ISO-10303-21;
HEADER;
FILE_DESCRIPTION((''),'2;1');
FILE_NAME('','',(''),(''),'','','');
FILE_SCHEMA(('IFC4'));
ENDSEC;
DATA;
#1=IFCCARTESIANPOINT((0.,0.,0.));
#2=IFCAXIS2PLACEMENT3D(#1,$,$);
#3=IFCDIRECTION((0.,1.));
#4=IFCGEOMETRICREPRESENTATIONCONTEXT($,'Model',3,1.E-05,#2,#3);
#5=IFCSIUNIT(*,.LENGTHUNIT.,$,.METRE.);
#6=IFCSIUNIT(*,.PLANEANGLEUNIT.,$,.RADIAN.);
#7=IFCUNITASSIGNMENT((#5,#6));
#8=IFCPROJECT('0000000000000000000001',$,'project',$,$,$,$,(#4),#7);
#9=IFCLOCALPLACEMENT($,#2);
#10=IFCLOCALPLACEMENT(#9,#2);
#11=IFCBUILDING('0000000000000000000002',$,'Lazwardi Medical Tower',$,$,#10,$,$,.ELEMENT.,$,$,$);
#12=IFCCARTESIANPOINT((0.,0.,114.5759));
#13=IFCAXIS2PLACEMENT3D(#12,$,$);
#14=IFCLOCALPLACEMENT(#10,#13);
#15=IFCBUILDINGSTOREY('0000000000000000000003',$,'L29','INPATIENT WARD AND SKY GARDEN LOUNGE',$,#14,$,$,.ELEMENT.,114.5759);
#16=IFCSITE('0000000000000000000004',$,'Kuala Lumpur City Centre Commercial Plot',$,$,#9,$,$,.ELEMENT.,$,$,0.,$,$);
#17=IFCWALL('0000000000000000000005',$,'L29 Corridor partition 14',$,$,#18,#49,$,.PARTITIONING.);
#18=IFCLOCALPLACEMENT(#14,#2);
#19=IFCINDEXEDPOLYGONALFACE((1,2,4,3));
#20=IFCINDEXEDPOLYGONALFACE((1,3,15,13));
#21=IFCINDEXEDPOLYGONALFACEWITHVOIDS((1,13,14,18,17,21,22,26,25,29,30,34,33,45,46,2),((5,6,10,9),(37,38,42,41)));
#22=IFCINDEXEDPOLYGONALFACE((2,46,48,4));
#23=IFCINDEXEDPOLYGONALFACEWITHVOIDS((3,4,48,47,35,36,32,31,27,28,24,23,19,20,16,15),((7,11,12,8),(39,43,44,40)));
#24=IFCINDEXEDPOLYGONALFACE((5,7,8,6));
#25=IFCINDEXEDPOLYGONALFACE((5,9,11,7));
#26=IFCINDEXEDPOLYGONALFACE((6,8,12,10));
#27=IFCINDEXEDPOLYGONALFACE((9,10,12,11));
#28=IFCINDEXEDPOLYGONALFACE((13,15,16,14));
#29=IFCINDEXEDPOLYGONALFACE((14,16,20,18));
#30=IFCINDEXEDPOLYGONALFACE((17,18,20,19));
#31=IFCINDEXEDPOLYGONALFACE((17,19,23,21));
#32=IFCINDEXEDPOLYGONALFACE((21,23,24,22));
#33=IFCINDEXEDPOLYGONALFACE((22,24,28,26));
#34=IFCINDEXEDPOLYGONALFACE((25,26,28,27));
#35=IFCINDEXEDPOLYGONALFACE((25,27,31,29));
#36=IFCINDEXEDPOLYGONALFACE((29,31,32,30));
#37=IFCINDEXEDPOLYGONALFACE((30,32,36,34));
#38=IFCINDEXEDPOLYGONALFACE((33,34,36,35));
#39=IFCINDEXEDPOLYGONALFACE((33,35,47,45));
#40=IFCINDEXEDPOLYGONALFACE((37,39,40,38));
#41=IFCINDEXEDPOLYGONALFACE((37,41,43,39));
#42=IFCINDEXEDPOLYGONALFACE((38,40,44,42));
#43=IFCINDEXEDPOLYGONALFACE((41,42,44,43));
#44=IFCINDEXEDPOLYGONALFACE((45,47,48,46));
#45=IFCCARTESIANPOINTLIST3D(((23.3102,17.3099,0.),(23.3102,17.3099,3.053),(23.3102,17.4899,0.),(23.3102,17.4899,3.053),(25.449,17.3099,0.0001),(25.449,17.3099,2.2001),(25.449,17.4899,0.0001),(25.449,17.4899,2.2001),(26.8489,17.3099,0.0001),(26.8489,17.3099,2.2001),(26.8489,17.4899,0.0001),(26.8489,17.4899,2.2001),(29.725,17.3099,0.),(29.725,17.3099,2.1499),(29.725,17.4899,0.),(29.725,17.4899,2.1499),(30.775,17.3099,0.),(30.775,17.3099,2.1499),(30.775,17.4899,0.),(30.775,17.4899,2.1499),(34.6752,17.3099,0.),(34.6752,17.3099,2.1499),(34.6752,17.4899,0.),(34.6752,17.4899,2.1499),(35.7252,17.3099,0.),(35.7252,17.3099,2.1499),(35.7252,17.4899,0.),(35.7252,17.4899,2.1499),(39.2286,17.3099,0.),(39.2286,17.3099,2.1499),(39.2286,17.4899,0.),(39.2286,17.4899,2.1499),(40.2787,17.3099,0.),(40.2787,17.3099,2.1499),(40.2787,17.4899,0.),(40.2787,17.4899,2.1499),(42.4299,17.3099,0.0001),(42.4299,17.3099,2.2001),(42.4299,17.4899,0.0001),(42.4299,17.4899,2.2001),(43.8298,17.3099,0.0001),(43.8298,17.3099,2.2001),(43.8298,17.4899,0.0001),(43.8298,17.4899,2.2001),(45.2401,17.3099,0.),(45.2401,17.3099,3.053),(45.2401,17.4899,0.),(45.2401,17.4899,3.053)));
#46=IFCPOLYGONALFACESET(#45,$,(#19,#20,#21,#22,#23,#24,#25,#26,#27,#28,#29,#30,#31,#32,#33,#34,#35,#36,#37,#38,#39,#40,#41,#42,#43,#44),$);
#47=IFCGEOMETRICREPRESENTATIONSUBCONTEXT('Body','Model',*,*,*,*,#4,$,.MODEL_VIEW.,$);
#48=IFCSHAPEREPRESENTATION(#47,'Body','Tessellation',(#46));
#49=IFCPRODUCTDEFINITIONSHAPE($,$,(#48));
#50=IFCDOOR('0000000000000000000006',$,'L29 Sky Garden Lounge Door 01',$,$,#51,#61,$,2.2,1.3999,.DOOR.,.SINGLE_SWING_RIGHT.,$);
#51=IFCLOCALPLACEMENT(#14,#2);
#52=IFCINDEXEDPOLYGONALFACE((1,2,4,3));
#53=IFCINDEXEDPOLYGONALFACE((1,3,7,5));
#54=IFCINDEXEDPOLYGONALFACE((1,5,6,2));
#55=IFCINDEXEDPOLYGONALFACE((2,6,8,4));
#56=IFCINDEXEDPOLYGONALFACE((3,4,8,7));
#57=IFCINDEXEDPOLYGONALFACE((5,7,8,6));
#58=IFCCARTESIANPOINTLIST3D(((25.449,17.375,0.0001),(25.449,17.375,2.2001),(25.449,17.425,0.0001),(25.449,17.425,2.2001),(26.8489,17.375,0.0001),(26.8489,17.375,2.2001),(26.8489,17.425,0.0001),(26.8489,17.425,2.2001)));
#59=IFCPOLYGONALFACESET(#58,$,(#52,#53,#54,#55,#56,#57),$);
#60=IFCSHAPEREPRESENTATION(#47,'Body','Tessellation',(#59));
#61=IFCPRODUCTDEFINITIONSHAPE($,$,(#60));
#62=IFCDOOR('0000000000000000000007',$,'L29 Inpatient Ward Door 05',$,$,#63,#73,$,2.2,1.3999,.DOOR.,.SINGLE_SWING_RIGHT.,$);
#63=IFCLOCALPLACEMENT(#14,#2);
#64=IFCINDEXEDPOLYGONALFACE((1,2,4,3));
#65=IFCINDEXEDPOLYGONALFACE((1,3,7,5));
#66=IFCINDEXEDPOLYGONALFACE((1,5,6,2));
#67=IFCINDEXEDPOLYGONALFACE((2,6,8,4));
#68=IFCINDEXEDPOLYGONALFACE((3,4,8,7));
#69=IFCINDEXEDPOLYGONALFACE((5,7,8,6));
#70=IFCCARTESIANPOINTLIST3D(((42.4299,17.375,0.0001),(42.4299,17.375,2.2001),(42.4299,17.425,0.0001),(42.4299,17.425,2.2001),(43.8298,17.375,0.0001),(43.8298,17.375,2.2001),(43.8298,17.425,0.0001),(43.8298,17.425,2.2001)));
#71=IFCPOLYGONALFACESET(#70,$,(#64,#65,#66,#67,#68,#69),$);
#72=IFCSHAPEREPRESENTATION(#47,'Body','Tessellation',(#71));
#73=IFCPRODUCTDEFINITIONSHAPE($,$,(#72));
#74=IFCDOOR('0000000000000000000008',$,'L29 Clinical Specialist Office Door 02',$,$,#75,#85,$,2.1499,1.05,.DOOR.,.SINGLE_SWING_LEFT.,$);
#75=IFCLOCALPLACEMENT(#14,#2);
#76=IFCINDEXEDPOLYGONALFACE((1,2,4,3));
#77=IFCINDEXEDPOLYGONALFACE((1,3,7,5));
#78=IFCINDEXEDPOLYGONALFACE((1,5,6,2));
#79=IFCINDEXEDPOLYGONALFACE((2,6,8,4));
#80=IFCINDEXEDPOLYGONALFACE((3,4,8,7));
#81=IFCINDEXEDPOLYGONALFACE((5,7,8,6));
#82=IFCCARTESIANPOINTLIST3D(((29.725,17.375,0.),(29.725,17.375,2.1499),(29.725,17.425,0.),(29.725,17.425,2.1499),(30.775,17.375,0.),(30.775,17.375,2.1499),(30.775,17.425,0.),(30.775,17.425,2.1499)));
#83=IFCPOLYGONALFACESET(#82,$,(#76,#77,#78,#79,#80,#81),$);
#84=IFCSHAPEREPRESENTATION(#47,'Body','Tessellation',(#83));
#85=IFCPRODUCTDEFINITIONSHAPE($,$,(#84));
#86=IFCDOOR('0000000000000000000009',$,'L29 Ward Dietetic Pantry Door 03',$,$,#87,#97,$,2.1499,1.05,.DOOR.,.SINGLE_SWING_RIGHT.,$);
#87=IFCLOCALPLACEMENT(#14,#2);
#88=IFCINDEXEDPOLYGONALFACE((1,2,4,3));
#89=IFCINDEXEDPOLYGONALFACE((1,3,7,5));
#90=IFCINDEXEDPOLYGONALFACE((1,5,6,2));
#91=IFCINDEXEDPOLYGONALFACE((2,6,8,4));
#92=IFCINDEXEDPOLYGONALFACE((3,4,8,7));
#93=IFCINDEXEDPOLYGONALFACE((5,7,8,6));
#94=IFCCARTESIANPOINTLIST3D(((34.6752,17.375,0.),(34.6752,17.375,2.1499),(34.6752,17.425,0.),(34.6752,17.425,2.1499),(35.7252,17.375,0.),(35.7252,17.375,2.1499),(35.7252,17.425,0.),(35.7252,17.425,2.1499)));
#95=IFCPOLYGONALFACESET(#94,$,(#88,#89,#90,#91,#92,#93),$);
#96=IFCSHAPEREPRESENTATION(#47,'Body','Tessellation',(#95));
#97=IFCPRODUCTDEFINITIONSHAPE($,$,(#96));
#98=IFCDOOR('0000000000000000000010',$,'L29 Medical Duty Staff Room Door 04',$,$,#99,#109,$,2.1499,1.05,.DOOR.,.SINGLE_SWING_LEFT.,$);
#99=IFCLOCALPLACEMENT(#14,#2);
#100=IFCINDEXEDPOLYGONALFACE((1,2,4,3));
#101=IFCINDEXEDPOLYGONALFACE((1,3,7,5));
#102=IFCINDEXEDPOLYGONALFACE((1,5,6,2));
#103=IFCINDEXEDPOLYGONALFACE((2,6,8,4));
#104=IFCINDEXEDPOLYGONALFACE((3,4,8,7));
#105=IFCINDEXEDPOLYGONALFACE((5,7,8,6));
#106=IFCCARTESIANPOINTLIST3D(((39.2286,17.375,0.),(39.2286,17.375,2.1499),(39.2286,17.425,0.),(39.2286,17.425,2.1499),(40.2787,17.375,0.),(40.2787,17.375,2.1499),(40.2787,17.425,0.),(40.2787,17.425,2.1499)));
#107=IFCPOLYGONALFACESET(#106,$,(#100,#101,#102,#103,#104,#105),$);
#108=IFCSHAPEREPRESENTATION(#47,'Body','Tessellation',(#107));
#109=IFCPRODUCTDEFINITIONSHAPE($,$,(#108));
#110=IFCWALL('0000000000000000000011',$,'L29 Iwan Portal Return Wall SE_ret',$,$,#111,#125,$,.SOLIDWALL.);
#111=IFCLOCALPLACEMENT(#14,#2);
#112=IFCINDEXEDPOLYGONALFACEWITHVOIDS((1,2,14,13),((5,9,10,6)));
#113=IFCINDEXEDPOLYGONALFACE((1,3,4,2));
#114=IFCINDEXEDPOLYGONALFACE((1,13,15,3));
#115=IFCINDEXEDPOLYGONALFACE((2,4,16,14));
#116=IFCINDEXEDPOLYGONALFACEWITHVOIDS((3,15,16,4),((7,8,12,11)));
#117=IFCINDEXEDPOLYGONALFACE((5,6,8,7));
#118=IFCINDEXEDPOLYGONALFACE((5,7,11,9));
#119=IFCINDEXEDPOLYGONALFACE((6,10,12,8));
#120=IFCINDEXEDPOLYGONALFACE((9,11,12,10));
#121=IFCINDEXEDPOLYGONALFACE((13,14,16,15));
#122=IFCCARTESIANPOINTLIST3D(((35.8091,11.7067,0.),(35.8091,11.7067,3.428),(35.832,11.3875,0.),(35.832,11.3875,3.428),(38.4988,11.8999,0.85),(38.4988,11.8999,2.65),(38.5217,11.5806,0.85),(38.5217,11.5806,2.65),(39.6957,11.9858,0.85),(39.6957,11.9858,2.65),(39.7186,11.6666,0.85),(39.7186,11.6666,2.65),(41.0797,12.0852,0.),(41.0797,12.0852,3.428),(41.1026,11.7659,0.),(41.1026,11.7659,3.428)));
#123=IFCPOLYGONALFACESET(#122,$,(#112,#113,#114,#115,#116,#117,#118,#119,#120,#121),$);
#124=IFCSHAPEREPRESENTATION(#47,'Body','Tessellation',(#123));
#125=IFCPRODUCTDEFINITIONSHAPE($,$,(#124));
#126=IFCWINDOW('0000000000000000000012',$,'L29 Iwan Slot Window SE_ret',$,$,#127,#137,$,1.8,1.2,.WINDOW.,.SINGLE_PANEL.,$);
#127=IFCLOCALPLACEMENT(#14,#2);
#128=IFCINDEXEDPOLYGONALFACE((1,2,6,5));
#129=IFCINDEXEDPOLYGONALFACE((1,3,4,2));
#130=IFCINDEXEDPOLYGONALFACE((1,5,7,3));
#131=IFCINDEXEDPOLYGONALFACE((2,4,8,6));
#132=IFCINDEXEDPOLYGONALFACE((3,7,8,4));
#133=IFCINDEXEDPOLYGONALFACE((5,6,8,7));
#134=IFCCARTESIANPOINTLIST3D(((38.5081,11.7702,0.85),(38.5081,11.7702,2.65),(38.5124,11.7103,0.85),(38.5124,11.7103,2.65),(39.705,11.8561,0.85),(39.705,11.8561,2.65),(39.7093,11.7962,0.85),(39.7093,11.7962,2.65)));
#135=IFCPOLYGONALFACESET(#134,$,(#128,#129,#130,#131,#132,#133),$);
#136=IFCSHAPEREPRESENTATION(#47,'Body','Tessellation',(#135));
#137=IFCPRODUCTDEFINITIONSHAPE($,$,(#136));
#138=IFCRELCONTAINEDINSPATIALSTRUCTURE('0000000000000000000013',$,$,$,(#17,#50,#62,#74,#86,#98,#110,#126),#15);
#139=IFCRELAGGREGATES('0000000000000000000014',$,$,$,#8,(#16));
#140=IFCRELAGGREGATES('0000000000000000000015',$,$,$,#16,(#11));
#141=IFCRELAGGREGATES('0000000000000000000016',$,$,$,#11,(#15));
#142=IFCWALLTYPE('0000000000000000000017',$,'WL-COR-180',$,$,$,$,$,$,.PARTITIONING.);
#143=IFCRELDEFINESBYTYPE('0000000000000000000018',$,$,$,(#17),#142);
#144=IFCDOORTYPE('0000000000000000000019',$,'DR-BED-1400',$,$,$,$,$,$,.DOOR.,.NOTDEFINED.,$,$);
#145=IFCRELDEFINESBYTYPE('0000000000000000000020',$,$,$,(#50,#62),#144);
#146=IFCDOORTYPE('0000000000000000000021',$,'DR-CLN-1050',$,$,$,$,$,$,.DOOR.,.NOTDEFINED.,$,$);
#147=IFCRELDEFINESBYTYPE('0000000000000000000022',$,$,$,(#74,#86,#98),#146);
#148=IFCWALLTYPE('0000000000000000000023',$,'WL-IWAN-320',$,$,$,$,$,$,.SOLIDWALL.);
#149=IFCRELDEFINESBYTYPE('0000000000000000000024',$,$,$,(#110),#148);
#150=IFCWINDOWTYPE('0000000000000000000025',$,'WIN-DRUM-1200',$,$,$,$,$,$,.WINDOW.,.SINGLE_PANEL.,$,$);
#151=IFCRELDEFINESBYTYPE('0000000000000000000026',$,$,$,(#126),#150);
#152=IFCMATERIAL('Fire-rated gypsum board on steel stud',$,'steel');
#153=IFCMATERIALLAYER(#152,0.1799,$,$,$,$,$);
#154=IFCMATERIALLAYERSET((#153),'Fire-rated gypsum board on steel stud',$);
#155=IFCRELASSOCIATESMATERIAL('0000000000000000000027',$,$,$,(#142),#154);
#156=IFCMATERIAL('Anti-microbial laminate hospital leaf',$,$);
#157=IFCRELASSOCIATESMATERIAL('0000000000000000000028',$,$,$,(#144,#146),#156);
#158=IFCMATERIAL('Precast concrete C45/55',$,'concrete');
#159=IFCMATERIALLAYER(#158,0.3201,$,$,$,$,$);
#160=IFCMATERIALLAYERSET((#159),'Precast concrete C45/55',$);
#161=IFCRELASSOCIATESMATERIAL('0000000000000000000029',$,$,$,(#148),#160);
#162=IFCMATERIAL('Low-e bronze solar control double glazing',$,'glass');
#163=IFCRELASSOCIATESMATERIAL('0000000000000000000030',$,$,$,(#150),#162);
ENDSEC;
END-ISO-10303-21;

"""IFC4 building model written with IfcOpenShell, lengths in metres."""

from ifc_helpers import new_model, si_unit, direction, frame, frame_2d, origin, place, context, subcontext, project, spatial, rectangle, extrude, material, layer, layer_set, type_object, element, fill, save


model = new_model("IFC4")

# Units and contexts
model_context = context("Model", 3, precision=1e-05, world=origin(), true_north=direction((0.0, 1.0)))
body_context = subcontext(model_context, "Body", "Model", "MODEL_VIEW")
ifc_project = project(units=[si_unit("LENGTHUNIT", "METRE"), si_unit("PLANEANGLEUNIT", "RADIAN")], contexts=[model_context])

# Site, building, storey
site_placement = place(None, origin())
site = spatial("IfcSite", under=ifc_project, at=site_placement, Name="Kuala Lumpur City Centre Commercial Plot", CompositionType="ELEMENT", RefElevation=0.0)
building_placement = place(site_placement, origin())
building = spatial("IfcBuilding", under=site, at=building_placement, Name="Lazwardi Medical Tower", CompositionType="ELEMENT")
storey_placement = place(building_placement, frame((0.0, 0.0, 114.5759)))
storey = spatial("IfcBuildingStorey", under=building, at=storey_placement, Name="L29", Description="INPATIENT WARD AND SKY GARDEN LOUNGE", CompositionType="ELEMENT", Elevation=114.5759)

# Shared definitions
ifc_material_1 = material(Name="Low-e bronze solar control double glazing", Category="glass")

# Wall, openings, doors
ifc_material_2 = material(Name="Fire-rated gypsum board on steel stud", Category="steel")
ifc_layer_1 = layer(ifc_material_2, 0.1799)
ifc_layer_set_1 = layer_set([ifc_layer_1], Name="Fire-rated gypsum board on steel stud")
wall_type_1 = type_object("IfcWallType", Name="WL-COR-180", PredefinedType="PARTITIONING", material=ifc_layer_set_1)
wall_1_placement = place(storey_placement, frame((45.24, 17.3999, 0.0), z_axis=(0.0, 0.0, 1.0), x_axis=(-1.0, 0.0, 0.0)))
wall_1 = element("IfcWall", 1, at=wall_1_placement, inside=storey, type_object=wall_type_1, Name="L29 Corridor partition 14", PredefinedType="PARTITIONING", context=body_context, shape_type="SweptSolid", body=[
    extrude(rectangle(XDim=21.9299, YDim=0.1799, at=frame_2d((10.9648, 0.0))), origin(), (0.0, 0.0, 1.0), 3.053),
])
opening_1_placement = place(wall_1_placement, frame((18.3911, 0.0, 0.0)))
opening_1 = element("IfcOpeningElement", 2, at=opening_1_placement, cuts=wall_1, PredefinedType="OPENING", context=body_context, shape_type="SweptSolid", body=[
    extrude(rectangle(XDim=1.3999, YDim=2.2, at=frame_2d((0.7, 1.1001))), frame((0.0, 0.0999, 0.0), z_axis=(0.0, -1.0, 0.0), x_axis=(1.0, 0.0, 0.0)), (0.0, 0.0, 1.0), 0.2),
])
opening_2_placement = place(wall_1_placement, frame((14.4651, 0.0, 0.0)))
opening_2 = element("IfcOpeningElement", 3, at=opening_2_placement, cuts=wall_1, PredefinedType="OPENING", context=body_context, shape_type="SweptSolid", body=[
    extrude(rectangle(XDim=1.05, YDim=2.1499, at=frame_2d((0.5249, 1.075))), frame((0.0, 0.0999, 0.0), z_axis=(0.0, -1.0, 0.0), x_axis=(1.0, 0.0, 0.0)), (0.0, 0.0, 1.0), 0.2),
])
opening_3_placement = place(wall_1_placement, frame((9.5149, 0.0, 0.0)))
opening_3 = element("IfcOpeningElement", 4, at=opening_3_placement, cuts=wall_1, PredefinedType="OPENING", context=body_context, shape_type="SweptSolid", body=[
    extrude(rectangle(XDim=1.05, YDim=2.1499, at=frame_2d((0.5249, 1.075))), frame((0.0, 0.0999, 0.0), z_axis=(0.0, -1.0, 0.0), x_axis=(1.0, 0.0, 0.0)), (0.0, 0.0, 1.0), 0.2),
])
opening_4_placement = place(wall_1_placement, frame((4.9614, 0.0, 0.0)))
opening_4 = element("IfcOpeningElement", 5, at=opening_4_placement, cuts=wall_1, PredefinedType="OPENING", context=body_context, shape_type="SweptSolid", body=[
    extrude(rectangle(XDim=1.05, YDim=2.1499, at=frame_2d((0.5249, 1.075))), frame((0.0, 0.0999, 0.0), z_axis=(0.0, -1.0, 0.0), x_axis=(1.0, 0.0, 0.0)), (0.0, 0.0, 1.0), 0.2),
])
opening_5_placement = place(wall_1_placement, frame((1.4102, 0.0, 0.0)))
opening_5 = element("IfcOpeningElement", 6, at=opening_5_placement, cuts=wall_1, PredefinedType="OPENING", context=body_context, shape_type="SweptSolid", body=[
    extrude(rectangle(XDim=1.3999, YDim=2.2, at=frame_2d((0.7, 1.1001))), frame((0.0, 0.0999, 0.0), z_axis=(0.0, -1.0, 0.0), x_axis=(1.0, 0.0, 0.0)), (0.0, 0.0, 1.0), 0.2),
])
ifc_material_3 = material(Name="Anti-microbial laminate hospital leaf")
door_type_1 = type_object("IfcDoorType", Name="DR-BED-1400", OperationType="NOTDEFINED", PredefinedType="DOOR", material=ifc_material_3)
door_1_placement = place(opening_1_placement, origin())
door_1 = element("IfcDoor", 7, at=door_1_placement, inside=storey, type_object=door_type_1, Name="L29 Sky Garden Lounge Door 01", OperationType="SINGLE_SWING_RIGHT", OverallHeight=2.2, OverallWidth=1.3999, PredefinedType="DOOR", context=body_context, shape_type="SweptSolid", body=[
    extrude(rectangle(XDim=1.3999, YDim=2.2, at=frame_2d((0.7, 1.1001))), frame((0.0, 0.0249, 0.0), z_axis=(0.0, -1.0, 0.0), x_axis=(1.0, 0.0, 0.0)), (0.0, 0.0, 1.0), 0.05),
])
fill(opening_1, door_1)
door_2_placement = place(opening_5_placement, origin())
door_2 = element("IfcDoor", 8, at=door_2_placement, inside=storey, type_object=door_type_1, Name="L29 Inpatient Ward Door 05", OperationType="SINGLE_SWING_RIGHT", OverallHeight=2.2, OverallWidth=1.3999, PredefinedType="DOOR", context=body_context, shape_type="SweptSolid", body=[
    extrude(rectangle(XDim=1.3999, YDim=2.2, at=frame_2d((0.7, 1.1001))), frame((0.0, 0.0249, 0.0), z_axis=(0.0, -1.0, 0.0), x_axis=(1.0, 0.0, 0.0)), (0.0, 0.0, 1.0), 0.05),
])
fill(opening_5, door_2)
door_type_2 = type_object("IfcDoorType", Name="DR-CLN-1050", OperationType="NOTDEFINED", PredefinedType="DOOR", material=ifc_material_3)
door_3_placement = place(opening_2_placement, origin())
door_3 = element("IfcDoor", 9, at=door_3_placement, inside=storey, type_object=door_type_2, Name="L29 Clinical Specialist Office Door 02", OperationType="SINGLE_SWING_LEFT", OverallHeight=2.1499, OverallWidth=1.05, PredefinedType="DOOR", context=body_context, shape_type="SweptSolid", body=[
    extrude(rectangle(XDim=1.05, YDim=2.1499, at=frame_2d((0.5249, 1.075))), frame((0.0, 0.0249, 0.0), z_axis=(0.0, -1.0, 0.0), x_axis=(1.0, 0.0, 0.0)), (0.0, 0.0, 1.0), 0.05),
])
fill(opening_2, door_3)
door_4_placement = place(opening_3_placement, origin())
door_4 = element("IfcDoor", 10, at=door_4_placement, inside=storey, type_object=door_type_2, Name="L29 Ward Dietetic Pantry Door 03", OperationType="SINGLE_SWING_RIGHT", OverallHeight=2.1499, OverallWidth=1.05, PredefinedType="DOOR", context=body_context, shape_type="SweptSolid", body=[
    extrude(rectangle(XDim=1.05, YDim=2.1499, at=frame_2d((0.5249, 1.075))), frame((0.0, 0.0249, 0.0), z_axis=(0.0, -1.0, 0.0), x_axis=(1.0, 0.0, 0.0)), (0.0, 0.0, 1.0), 0.05),
])
fill(opening_3, door_4)
door_5_placement = place(opening_4_placement, origin())
door_5 = element("IfcDoor", 11, at=door_5_placement, inside=storey, type_object=door_type_2, Name="L29 Medical Duty Staff Room Door 04", OperationType="SINGLE_SWING_LEFT", OverallHeight=2.1499, OverallWidth=1.05, PredefinedType="DOOR", context=body_context, shape_type="SweptSolid", body=[
    extrude(rectangle(XDim=1.05, YDim=2.1499, at=frame_2d((0.5249, 1.075))), frame((0.0, 0.0249, 0.0), z_axis=(0.0, -1.0, 0.0), x_axis=(1.0, 0.0, 0.0)), (0.0, 0.0, 1.0), 0.05),
])
fill(opening_4, door_5)

# Wall, opening, window
ifc_material_4 = material(Name="Precast concrete C45/55", Category="concrete")
ifc_layer_2 = layer(ifc_material_4, 0.3201)
ifc_layer_set_2 = layer_set([ifc_layer_2], Name="Precast concrete C45/55")
wall_type_2 = type_object("IfcWallType", Name="WL-IWAN-320", PredefinedType="SOLIDWALL", material=ifc_layer_set_2)
wall_2_placement = place(storey_placement, frame((35.8206, 11.5471, 0.0), z_axis=(0.0, 0.0, 1.0), x_axis=(0.997432, 0.071615, 0.0)))
wall_2 = element("IfcWall", 12, at=wall_2_placement, inside=storey, type_object=wall_type_2, Name="L29 Iwan Portal Return Wall SE_ret", PredefinedType="SOLIDWALL", context=body_context, shape_type="SweptSolid", body=[
    extrude(rectangle(XDim=5.2842, YDim=0.3201, at=frame_2d((2.6421, 0.0))), origin(), (0.0, 0.0, 1.0), 3.428),
])
opening_6_placement = place(wall_2_placement, frame((2.6965, 0.0, 0.8501)))
opening_6 = element("IfcOpeningElement", 13, at=opening_6_placement, cuts=wall_2, PredefinedType="OPENING", context=body_context, shape_type="SweptSolid", body=[
    extrude(rectangle(XDim=1.2, YDim=1.8, at=frame_2d((0.6001, 0.8999))), frame((0.0, 0.1699, 0.0), z_axis=(0.0, -1.0, 0.0), x_axis=(1.0, 0.0, 0.0)), (0.0, 0.0, 1.0), 0.3401),
])
window_type_1 = type_object("IfcWindowType", Name="WIN-DRUM-1200", PartitioningType="SINGLE_PANEL", PredefinedType="WINDOW", material=ifc_material_1)
window_1_placement = place(opening_6_placement, origin())
window_1 = element("IfcWindow", 14, at=window_1_placement, inside=storey, type_object=window_type_1, Name="L29 Iwan Slot Window SE_ret", OverallHeight=1.8, OverallWidth=1.2, PartitioningType="SINGLE_PANEL", PredefinedType="WINDOW", context=body_context, shape_type="SweptSolid", body=[
    extrude(rectangle(XDim=1.2, YDim=1.8, at=frame_2d((0.6001, 0.8999))), frame((0.0, 0.03, 0.0), z_axis=(0.0, -1.0, 0.0), x_axis=(1.0, 0.0, 0.0)), (0.0, 0.0, 1.0), 0.0601),
])
fill(opening_6, window_1)

save(model, "model.ifc")
